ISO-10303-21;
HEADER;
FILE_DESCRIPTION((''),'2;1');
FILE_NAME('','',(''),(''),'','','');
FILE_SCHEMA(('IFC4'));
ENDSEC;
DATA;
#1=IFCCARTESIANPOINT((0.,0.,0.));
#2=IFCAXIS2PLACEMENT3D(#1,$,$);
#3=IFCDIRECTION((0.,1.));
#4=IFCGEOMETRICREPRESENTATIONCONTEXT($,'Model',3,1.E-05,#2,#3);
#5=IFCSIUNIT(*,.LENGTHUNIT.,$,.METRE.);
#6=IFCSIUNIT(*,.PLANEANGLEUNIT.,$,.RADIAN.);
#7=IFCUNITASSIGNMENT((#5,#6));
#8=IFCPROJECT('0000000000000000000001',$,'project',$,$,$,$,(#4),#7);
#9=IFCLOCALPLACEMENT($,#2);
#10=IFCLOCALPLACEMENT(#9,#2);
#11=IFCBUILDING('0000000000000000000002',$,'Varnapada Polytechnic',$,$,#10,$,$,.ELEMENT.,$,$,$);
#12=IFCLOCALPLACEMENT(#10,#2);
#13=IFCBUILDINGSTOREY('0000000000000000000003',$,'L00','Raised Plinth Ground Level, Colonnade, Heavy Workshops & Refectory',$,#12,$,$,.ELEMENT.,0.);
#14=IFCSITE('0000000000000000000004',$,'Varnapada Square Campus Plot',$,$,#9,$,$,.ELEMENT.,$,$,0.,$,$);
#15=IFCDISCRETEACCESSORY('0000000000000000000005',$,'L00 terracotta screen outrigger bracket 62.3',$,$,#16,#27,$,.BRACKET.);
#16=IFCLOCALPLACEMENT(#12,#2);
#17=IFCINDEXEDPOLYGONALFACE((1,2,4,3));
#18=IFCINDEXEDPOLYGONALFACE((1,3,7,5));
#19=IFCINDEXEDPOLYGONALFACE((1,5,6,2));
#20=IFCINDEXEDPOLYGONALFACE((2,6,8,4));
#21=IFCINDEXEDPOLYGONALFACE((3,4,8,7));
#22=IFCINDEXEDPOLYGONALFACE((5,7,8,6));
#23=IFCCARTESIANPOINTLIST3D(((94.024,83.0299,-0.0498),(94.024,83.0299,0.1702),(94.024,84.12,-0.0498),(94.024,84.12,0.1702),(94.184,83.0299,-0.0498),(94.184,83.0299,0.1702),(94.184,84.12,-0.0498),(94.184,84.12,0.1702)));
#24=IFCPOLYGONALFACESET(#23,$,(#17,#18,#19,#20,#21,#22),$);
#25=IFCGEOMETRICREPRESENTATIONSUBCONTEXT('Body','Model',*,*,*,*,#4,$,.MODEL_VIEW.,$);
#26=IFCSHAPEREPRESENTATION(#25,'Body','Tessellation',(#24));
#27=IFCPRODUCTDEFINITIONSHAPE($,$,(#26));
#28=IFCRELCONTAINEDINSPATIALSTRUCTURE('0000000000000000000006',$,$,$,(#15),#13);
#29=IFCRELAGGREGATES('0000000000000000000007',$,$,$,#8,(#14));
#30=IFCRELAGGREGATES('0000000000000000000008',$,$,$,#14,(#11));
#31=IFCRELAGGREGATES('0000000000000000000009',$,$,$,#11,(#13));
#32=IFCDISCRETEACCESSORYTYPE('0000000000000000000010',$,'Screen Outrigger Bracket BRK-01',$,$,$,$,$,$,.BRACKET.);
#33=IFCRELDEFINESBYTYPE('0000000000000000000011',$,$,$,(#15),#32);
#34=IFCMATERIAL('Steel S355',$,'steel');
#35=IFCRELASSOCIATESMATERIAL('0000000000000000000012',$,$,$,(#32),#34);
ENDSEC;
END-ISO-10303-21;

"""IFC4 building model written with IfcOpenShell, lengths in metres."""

from ifc_helpers import new_model, si_unit, direction, frame, origin, origin_2d, place, context, subcontext, project, spatial, rectangle, extrude, material, type_object, element, save


model = new_model("IFC4")

# Units and contexts
model_context = context("Model", 3, precision=1e-05, world=origin(), true_north=direction((0.0, 1.0)))
body_context = subcontext(model_context, "Body", "Model", "MODEL_VIEW")
ifc_project = project(units=[si_unit("LENGTHUNIT", "METRE"), si_unit("PLANEANGLEUNIT", "RADIAN")], contexts=[model_context])

# Site, building, storey
site_placement = place(None, origin())
site = spatial("IfcSite", under=ifc_project, at=site_placement, Name="Varnapada Square Campus Plot", CompositionType="ELEMENT", RefElevation=0.0)
building_placement = place(site_placement, origin())
building = spatial("IfcBuilding", under=site, at=building_placement, Name="Varnapada Polytechnic", CompositionType="ELEMENT")
storey_placement = place(building_placement, origin())
storey = spatial("IfcBuildingStorey", under=building, at=storey_placement, Name="L00", Description="Raised Plinth Ground Level, Colonnade, Heavy Workshops & Refectory", CompositionType="ELEMENT", Elevation=0.0)

# Discrete accessory
ifc_material_1 = material(Name="Steel S355", Category="steel")
discrete_accessory_type = type_object("IfcDiscreteAccessoryType", Name="Screen Outrigger Bracket BRK-01", PredefinedType="BRACKET", material=ifc_material_1)
for number, where, z_axis, x_axis, name in (
    (1, (94.104, 83.575, -0.0498), (0.0, 0.0, 1.0), (-1.0, 0.0, 0.0), "L00 terracotta screen outrigger bracket 62.3"),
):
    element("IfcDiscreteAccessory", number, at=place(storey_placement, frame(where, z_axis=z_axis, x_axis=x_axis)), inside=storey, type_object=discrete_accessory_type, Name=name, PredefinedType="BRACKET", context=body_context, shape_type="SweptSolid", body=[
        extrude(rectangle(XDim=0.1599, YDim=1.0901, at=origin_2d()), origin(), (0.0, 0.0, 1.0), 0.22),
    ])

save(model, "model.ifc")
